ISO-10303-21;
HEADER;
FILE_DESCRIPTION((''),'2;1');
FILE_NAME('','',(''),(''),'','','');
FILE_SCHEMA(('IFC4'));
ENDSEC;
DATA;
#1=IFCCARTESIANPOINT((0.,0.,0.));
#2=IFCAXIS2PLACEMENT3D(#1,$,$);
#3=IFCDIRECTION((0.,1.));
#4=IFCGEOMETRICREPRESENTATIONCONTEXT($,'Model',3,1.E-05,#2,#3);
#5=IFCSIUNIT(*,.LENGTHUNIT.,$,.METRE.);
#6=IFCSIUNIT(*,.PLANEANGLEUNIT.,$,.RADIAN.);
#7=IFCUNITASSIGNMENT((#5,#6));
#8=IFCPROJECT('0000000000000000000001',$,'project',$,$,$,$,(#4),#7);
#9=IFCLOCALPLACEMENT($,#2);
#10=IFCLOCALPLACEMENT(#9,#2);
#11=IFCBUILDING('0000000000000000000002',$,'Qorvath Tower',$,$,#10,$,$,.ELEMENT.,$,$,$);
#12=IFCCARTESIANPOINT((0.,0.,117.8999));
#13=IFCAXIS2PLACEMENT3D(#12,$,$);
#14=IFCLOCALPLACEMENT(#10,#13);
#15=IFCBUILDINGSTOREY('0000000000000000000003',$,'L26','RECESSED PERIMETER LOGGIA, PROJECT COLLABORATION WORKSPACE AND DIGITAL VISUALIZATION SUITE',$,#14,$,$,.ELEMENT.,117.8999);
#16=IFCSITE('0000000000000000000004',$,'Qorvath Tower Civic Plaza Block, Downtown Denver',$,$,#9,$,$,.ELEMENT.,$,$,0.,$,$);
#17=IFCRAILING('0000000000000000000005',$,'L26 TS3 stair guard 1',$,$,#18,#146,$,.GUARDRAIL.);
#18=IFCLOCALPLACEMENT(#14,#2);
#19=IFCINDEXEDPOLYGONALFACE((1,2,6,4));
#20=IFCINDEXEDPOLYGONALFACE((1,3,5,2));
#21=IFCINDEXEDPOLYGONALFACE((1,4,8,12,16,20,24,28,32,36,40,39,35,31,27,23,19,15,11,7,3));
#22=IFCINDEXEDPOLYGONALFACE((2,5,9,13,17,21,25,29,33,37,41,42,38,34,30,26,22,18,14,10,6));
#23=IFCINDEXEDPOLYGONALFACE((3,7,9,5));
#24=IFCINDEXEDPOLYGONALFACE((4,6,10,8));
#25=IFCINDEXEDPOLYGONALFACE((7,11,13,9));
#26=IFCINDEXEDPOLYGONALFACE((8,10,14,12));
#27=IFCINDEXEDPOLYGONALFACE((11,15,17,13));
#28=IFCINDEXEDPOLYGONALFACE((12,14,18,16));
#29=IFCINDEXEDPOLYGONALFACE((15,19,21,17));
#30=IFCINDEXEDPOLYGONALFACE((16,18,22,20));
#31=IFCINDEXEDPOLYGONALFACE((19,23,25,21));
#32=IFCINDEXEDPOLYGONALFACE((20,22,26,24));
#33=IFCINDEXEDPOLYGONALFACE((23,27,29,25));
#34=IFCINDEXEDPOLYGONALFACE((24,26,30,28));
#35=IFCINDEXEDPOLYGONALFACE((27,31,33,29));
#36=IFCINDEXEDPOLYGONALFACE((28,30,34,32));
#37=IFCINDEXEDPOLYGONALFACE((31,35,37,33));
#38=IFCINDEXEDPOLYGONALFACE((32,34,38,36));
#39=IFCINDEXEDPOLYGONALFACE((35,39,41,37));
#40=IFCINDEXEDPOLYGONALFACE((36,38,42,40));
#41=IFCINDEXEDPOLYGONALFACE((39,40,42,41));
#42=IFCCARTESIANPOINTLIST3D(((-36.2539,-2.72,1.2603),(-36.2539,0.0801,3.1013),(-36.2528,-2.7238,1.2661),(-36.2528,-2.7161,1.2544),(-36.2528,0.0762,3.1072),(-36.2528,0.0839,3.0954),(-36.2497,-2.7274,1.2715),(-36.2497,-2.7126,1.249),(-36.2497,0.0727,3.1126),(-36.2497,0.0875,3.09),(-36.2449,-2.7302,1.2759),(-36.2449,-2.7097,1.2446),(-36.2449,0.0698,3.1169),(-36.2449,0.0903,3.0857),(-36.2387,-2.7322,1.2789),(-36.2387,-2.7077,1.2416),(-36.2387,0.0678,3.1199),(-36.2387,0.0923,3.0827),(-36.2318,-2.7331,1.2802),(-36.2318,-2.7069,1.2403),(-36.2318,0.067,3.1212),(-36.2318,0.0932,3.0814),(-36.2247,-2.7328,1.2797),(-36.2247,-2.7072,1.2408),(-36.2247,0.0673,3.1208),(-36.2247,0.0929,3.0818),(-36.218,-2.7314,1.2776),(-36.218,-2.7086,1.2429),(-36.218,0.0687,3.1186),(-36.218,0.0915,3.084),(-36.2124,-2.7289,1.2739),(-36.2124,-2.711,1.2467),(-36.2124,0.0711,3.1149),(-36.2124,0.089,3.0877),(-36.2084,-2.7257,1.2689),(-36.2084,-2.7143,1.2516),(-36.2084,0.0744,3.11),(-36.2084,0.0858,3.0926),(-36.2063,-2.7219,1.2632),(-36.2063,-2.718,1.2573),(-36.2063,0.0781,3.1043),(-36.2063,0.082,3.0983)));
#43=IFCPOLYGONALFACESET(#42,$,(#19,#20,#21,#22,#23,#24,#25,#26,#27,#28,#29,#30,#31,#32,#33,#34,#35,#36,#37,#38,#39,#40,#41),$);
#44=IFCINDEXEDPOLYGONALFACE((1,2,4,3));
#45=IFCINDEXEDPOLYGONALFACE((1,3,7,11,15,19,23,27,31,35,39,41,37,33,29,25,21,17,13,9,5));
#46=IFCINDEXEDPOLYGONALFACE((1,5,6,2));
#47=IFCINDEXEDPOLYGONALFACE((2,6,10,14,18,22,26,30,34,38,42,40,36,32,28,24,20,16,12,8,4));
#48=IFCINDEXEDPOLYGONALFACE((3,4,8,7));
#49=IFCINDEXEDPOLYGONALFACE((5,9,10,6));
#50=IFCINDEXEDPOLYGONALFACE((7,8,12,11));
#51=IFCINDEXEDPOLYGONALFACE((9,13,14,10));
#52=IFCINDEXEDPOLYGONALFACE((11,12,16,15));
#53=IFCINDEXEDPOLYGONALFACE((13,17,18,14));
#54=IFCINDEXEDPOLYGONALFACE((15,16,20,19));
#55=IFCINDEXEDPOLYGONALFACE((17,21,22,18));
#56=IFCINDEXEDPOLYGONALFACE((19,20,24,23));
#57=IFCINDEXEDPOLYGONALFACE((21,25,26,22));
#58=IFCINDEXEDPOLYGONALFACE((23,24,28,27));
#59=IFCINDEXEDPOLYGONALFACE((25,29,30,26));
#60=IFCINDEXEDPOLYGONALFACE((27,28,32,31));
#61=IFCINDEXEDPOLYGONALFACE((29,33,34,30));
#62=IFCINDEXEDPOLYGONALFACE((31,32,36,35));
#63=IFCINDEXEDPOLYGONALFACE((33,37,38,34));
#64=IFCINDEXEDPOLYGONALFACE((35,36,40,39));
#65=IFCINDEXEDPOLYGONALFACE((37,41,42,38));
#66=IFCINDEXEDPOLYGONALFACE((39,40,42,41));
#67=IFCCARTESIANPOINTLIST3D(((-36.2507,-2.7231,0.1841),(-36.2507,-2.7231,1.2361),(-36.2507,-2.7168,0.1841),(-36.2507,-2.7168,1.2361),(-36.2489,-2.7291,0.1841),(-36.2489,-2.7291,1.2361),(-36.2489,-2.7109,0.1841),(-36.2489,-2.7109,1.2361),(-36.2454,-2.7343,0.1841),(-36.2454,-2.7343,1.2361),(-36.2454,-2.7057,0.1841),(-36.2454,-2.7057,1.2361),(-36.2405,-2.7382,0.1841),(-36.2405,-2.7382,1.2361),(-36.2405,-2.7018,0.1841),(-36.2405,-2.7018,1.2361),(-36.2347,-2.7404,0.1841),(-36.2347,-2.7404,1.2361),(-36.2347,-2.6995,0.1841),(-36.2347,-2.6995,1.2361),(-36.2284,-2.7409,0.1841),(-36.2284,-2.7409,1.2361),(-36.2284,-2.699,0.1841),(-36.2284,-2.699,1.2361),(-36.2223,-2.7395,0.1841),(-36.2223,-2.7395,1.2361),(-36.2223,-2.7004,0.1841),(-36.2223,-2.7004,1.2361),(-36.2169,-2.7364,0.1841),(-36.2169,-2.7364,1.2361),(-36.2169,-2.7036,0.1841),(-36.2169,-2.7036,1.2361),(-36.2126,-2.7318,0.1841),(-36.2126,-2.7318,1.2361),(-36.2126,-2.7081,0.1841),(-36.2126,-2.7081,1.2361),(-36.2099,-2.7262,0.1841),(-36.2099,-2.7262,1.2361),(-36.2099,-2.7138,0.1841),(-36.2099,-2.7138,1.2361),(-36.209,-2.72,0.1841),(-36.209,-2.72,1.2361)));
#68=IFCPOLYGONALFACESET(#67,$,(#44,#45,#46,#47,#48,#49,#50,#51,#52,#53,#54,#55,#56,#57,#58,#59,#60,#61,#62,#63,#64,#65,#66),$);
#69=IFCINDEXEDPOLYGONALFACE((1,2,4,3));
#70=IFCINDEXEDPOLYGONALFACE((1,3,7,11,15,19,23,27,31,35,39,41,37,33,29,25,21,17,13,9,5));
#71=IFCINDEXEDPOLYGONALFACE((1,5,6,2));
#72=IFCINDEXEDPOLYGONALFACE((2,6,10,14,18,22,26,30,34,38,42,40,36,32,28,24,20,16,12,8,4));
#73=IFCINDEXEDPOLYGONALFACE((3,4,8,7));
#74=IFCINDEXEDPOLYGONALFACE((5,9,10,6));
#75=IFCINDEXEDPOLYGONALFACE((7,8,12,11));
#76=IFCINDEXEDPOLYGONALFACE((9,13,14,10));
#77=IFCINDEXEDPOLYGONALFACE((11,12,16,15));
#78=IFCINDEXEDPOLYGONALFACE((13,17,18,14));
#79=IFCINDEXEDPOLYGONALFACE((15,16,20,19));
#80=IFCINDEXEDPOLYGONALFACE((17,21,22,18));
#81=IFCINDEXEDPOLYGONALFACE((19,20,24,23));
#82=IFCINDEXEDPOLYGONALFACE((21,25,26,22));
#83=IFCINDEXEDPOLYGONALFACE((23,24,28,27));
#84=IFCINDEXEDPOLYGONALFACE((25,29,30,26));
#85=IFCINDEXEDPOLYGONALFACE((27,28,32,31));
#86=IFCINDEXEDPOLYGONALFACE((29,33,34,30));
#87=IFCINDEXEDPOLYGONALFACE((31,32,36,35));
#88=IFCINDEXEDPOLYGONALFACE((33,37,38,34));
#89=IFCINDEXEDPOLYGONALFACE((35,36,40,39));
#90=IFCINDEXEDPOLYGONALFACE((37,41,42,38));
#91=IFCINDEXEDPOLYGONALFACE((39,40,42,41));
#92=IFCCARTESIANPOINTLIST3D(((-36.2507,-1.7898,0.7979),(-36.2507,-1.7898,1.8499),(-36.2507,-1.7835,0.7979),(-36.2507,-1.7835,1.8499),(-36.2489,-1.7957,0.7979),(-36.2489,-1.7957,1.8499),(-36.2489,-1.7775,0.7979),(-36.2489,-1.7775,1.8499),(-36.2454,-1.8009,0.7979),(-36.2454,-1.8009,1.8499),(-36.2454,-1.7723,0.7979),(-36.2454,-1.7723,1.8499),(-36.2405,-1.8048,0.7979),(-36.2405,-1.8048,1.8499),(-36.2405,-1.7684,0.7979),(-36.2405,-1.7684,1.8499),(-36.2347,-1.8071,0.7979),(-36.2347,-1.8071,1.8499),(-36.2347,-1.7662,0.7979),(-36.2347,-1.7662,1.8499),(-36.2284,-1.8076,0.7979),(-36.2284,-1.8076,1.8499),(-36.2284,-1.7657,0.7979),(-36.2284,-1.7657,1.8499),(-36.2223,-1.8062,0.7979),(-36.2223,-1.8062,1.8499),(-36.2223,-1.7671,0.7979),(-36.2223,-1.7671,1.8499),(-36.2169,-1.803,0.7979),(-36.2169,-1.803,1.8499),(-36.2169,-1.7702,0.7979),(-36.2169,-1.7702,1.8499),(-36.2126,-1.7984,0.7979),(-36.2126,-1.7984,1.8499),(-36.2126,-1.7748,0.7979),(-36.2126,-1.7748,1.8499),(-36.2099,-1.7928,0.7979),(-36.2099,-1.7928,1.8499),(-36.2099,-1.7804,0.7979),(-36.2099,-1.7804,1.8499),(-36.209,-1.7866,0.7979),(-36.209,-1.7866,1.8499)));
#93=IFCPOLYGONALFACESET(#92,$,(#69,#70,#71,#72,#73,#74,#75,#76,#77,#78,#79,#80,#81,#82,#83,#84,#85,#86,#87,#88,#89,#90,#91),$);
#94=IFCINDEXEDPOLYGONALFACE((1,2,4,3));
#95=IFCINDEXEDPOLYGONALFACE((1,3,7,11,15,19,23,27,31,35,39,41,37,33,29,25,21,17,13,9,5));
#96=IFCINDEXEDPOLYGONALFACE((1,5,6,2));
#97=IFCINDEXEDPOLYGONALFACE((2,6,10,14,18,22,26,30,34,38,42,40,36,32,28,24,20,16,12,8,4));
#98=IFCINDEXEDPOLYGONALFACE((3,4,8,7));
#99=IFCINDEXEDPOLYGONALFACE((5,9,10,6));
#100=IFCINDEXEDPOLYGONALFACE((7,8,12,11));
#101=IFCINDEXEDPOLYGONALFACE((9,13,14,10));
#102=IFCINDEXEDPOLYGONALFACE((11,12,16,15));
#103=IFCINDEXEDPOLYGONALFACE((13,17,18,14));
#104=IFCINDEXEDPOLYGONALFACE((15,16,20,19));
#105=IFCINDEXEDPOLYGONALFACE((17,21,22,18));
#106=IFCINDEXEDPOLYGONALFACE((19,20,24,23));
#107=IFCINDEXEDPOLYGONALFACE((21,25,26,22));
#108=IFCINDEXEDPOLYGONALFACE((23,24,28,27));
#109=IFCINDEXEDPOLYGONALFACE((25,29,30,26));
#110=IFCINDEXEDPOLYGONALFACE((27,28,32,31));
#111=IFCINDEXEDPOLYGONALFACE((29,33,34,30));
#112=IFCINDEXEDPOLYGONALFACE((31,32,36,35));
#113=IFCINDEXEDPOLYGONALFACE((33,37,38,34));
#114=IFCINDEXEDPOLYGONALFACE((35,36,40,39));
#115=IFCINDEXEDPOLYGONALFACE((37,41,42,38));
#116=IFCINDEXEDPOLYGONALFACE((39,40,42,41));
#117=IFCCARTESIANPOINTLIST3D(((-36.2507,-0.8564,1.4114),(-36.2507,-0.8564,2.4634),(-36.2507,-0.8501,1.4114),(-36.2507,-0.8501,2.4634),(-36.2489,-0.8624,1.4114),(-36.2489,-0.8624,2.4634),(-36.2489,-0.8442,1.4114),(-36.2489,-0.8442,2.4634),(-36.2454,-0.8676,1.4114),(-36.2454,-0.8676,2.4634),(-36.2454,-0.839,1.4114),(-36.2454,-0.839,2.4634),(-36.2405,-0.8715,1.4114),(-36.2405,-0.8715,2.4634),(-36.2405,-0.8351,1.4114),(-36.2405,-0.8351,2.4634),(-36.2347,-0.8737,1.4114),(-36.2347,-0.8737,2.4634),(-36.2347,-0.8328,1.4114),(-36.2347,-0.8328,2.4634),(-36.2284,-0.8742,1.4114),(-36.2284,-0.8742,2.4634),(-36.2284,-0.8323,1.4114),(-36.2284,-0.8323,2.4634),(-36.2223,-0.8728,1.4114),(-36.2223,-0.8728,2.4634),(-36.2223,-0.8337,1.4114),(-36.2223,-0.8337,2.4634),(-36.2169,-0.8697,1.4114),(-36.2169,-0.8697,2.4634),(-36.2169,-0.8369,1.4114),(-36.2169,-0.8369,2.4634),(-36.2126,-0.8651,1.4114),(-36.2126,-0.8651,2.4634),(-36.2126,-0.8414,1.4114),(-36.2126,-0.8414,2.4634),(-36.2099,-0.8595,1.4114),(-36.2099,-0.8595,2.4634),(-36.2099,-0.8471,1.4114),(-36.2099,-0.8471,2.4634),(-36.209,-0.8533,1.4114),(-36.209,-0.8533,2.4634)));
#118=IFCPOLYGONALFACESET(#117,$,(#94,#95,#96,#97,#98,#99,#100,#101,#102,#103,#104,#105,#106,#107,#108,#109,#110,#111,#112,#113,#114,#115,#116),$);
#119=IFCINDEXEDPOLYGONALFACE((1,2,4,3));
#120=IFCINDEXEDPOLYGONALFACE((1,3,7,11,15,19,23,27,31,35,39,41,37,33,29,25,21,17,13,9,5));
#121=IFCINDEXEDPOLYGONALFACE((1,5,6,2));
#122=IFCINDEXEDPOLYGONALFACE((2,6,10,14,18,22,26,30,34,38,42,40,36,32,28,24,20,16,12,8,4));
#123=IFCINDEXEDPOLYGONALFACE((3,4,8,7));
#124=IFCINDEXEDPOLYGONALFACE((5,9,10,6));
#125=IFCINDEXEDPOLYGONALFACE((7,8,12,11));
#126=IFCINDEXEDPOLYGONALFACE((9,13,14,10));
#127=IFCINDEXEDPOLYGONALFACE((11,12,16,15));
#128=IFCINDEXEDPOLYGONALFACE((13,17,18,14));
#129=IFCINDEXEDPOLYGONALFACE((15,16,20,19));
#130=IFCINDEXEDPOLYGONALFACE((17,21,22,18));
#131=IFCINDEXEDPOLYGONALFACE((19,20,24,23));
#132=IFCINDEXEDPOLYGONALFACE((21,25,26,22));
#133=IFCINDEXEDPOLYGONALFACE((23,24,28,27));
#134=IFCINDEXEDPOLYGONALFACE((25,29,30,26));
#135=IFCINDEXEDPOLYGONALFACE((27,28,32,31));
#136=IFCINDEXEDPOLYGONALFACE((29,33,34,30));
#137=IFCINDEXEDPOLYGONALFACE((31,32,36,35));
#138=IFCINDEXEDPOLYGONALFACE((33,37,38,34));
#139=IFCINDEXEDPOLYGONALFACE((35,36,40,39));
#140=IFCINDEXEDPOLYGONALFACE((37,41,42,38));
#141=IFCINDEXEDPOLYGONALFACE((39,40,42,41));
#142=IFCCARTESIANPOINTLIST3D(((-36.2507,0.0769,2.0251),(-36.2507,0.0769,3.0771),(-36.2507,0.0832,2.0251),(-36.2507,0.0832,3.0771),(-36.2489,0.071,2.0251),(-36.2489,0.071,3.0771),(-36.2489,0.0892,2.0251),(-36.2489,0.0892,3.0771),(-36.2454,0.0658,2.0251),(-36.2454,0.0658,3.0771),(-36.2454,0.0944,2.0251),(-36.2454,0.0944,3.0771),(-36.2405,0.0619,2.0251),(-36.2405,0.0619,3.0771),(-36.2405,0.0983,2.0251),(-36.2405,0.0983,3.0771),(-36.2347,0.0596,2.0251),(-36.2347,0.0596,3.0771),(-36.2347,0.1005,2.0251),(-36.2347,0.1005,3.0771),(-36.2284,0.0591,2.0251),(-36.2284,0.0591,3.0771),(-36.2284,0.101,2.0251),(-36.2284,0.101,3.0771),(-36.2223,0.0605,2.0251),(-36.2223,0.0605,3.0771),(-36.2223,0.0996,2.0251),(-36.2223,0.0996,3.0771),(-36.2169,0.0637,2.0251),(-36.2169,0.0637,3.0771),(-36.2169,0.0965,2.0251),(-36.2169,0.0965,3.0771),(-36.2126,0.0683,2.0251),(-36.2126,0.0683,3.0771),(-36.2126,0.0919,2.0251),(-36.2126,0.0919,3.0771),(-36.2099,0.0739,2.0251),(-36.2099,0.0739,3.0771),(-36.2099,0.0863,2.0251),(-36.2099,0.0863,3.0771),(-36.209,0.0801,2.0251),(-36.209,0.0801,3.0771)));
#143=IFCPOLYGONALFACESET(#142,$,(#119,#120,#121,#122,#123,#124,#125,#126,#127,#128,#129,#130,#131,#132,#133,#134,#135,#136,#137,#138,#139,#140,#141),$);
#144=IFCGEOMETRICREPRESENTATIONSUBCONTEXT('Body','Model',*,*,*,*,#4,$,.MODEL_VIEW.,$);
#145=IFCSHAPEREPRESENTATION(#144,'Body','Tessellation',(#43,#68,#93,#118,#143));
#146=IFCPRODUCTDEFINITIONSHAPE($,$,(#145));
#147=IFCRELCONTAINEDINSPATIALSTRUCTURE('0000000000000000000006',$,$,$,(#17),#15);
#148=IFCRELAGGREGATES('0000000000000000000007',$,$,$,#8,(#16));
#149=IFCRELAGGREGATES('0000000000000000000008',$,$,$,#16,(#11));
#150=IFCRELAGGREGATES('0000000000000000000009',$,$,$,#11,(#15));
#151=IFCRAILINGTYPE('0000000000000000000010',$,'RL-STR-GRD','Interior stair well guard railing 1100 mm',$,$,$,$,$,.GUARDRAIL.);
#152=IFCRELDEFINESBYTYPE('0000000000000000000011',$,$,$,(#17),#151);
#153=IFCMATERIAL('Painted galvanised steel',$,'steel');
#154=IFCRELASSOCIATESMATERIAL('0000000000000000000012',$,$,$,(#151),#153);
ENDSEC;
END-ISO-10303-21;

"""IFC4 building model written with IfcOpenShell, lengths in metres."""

from ifc_helpers import new_model, si_unit, direction, frame, origin, origin_2d, place, context, subcontext, project, spatial, circle, extrude, material, type_object, element, save


model = new_model("IFC4")

# Units and contexts
model_context = context("Model", 3, precision=1e-05, world=origin(), true_north=direction((0.0, 1.0)))
body_context = subcontext(model_context, "Body", "Model", "MODEL_VIEW")
ifc_project = project(units=[si_unit("LENGTHUNIT", "METRE"), si_unit("PLANEANGLEUNIT", "RADIAN")], contexts=[model_context])

# Site, building, storey
site_placement = place(None, origin())
site = spatial("IfcSite", under=ifc_project, at=site_placement, Name="Qorvath Tower Civic Plaza Block, Downtown Denver", CompositionType="ELEMENT", RefElevation=0.0)
building_placement = place(site_placement, origin())
building = spatial("IfcBuilding", under=site, at=building_placement, Name="Qorvath Tower", CompositionType="ELEMENT")
storey_placement = place(building_placement, frame((0.0, 0.0, 117.8999)))
storey = spatial("IfcBuildingStorey", under=building, at=storey_placement, Name="L26", Description="RECESSED PERIMETER LOGGIA, PROJECT COLLABORATION WORKSPACE AND DIGITAL VISUALIZATION SUITE", CompositionType="ELEMENT", Elevation=117.8999)

# Railing
ifc_material_1 = material(Name="Painted galvanised steel", Category="steel")
railing_type_1 = type_object("IfcRailingType", Name="RL-STR-GRD", Description="Interior stair well guard railing 1100 mm", PredefinedType="GUARDRAIL", material=ifc_material_1)
railing_1_placement = place(storey_placement, frame((-36.23, -2.72, 0.1841)))
element("IfcRailing", 1, at=railing_1_placement, inside=storey, type_object=railing_type_1, Name="L26 TS3 stair guard 1", PredefinedType="GUARDRAIL", context=body_context, shape_type="SweptSolid", body=[
    extrude(circle(Radius=0.0239, at=origin_2d()), frame((0.0, 0.0, 1.0762), z_axis=(0.0, 0.835564, 0.549393), x_axis=(-1.0, 0.0, 0.0)), (0.0, 0.0, 1.0), 3.3511),
    extrude(circle(Radius=0.021, at=origin_2d()), origin(), (0.0, 0.0, 1.0), 1.052),
    extrude(circle(Radius=0.021, at=origin_2d()), frame((0.0, 0.9333, 0.6138)), (0.0, 0.0, 1.0), 1.052),
    extrude(circle(Radius=0.021, at=origin_2d()), frame((0.0, 1.8667, 1.2273)), (0.0, 0.0, 1.0), 1.052),
    extrude(circle(Radius=0.021, at=origin_2d()), frame((0.0, 2.8, 1.8411)), (0.0, 0.0, 1.0), 1.052),
])

save(model, "model.ifc")
